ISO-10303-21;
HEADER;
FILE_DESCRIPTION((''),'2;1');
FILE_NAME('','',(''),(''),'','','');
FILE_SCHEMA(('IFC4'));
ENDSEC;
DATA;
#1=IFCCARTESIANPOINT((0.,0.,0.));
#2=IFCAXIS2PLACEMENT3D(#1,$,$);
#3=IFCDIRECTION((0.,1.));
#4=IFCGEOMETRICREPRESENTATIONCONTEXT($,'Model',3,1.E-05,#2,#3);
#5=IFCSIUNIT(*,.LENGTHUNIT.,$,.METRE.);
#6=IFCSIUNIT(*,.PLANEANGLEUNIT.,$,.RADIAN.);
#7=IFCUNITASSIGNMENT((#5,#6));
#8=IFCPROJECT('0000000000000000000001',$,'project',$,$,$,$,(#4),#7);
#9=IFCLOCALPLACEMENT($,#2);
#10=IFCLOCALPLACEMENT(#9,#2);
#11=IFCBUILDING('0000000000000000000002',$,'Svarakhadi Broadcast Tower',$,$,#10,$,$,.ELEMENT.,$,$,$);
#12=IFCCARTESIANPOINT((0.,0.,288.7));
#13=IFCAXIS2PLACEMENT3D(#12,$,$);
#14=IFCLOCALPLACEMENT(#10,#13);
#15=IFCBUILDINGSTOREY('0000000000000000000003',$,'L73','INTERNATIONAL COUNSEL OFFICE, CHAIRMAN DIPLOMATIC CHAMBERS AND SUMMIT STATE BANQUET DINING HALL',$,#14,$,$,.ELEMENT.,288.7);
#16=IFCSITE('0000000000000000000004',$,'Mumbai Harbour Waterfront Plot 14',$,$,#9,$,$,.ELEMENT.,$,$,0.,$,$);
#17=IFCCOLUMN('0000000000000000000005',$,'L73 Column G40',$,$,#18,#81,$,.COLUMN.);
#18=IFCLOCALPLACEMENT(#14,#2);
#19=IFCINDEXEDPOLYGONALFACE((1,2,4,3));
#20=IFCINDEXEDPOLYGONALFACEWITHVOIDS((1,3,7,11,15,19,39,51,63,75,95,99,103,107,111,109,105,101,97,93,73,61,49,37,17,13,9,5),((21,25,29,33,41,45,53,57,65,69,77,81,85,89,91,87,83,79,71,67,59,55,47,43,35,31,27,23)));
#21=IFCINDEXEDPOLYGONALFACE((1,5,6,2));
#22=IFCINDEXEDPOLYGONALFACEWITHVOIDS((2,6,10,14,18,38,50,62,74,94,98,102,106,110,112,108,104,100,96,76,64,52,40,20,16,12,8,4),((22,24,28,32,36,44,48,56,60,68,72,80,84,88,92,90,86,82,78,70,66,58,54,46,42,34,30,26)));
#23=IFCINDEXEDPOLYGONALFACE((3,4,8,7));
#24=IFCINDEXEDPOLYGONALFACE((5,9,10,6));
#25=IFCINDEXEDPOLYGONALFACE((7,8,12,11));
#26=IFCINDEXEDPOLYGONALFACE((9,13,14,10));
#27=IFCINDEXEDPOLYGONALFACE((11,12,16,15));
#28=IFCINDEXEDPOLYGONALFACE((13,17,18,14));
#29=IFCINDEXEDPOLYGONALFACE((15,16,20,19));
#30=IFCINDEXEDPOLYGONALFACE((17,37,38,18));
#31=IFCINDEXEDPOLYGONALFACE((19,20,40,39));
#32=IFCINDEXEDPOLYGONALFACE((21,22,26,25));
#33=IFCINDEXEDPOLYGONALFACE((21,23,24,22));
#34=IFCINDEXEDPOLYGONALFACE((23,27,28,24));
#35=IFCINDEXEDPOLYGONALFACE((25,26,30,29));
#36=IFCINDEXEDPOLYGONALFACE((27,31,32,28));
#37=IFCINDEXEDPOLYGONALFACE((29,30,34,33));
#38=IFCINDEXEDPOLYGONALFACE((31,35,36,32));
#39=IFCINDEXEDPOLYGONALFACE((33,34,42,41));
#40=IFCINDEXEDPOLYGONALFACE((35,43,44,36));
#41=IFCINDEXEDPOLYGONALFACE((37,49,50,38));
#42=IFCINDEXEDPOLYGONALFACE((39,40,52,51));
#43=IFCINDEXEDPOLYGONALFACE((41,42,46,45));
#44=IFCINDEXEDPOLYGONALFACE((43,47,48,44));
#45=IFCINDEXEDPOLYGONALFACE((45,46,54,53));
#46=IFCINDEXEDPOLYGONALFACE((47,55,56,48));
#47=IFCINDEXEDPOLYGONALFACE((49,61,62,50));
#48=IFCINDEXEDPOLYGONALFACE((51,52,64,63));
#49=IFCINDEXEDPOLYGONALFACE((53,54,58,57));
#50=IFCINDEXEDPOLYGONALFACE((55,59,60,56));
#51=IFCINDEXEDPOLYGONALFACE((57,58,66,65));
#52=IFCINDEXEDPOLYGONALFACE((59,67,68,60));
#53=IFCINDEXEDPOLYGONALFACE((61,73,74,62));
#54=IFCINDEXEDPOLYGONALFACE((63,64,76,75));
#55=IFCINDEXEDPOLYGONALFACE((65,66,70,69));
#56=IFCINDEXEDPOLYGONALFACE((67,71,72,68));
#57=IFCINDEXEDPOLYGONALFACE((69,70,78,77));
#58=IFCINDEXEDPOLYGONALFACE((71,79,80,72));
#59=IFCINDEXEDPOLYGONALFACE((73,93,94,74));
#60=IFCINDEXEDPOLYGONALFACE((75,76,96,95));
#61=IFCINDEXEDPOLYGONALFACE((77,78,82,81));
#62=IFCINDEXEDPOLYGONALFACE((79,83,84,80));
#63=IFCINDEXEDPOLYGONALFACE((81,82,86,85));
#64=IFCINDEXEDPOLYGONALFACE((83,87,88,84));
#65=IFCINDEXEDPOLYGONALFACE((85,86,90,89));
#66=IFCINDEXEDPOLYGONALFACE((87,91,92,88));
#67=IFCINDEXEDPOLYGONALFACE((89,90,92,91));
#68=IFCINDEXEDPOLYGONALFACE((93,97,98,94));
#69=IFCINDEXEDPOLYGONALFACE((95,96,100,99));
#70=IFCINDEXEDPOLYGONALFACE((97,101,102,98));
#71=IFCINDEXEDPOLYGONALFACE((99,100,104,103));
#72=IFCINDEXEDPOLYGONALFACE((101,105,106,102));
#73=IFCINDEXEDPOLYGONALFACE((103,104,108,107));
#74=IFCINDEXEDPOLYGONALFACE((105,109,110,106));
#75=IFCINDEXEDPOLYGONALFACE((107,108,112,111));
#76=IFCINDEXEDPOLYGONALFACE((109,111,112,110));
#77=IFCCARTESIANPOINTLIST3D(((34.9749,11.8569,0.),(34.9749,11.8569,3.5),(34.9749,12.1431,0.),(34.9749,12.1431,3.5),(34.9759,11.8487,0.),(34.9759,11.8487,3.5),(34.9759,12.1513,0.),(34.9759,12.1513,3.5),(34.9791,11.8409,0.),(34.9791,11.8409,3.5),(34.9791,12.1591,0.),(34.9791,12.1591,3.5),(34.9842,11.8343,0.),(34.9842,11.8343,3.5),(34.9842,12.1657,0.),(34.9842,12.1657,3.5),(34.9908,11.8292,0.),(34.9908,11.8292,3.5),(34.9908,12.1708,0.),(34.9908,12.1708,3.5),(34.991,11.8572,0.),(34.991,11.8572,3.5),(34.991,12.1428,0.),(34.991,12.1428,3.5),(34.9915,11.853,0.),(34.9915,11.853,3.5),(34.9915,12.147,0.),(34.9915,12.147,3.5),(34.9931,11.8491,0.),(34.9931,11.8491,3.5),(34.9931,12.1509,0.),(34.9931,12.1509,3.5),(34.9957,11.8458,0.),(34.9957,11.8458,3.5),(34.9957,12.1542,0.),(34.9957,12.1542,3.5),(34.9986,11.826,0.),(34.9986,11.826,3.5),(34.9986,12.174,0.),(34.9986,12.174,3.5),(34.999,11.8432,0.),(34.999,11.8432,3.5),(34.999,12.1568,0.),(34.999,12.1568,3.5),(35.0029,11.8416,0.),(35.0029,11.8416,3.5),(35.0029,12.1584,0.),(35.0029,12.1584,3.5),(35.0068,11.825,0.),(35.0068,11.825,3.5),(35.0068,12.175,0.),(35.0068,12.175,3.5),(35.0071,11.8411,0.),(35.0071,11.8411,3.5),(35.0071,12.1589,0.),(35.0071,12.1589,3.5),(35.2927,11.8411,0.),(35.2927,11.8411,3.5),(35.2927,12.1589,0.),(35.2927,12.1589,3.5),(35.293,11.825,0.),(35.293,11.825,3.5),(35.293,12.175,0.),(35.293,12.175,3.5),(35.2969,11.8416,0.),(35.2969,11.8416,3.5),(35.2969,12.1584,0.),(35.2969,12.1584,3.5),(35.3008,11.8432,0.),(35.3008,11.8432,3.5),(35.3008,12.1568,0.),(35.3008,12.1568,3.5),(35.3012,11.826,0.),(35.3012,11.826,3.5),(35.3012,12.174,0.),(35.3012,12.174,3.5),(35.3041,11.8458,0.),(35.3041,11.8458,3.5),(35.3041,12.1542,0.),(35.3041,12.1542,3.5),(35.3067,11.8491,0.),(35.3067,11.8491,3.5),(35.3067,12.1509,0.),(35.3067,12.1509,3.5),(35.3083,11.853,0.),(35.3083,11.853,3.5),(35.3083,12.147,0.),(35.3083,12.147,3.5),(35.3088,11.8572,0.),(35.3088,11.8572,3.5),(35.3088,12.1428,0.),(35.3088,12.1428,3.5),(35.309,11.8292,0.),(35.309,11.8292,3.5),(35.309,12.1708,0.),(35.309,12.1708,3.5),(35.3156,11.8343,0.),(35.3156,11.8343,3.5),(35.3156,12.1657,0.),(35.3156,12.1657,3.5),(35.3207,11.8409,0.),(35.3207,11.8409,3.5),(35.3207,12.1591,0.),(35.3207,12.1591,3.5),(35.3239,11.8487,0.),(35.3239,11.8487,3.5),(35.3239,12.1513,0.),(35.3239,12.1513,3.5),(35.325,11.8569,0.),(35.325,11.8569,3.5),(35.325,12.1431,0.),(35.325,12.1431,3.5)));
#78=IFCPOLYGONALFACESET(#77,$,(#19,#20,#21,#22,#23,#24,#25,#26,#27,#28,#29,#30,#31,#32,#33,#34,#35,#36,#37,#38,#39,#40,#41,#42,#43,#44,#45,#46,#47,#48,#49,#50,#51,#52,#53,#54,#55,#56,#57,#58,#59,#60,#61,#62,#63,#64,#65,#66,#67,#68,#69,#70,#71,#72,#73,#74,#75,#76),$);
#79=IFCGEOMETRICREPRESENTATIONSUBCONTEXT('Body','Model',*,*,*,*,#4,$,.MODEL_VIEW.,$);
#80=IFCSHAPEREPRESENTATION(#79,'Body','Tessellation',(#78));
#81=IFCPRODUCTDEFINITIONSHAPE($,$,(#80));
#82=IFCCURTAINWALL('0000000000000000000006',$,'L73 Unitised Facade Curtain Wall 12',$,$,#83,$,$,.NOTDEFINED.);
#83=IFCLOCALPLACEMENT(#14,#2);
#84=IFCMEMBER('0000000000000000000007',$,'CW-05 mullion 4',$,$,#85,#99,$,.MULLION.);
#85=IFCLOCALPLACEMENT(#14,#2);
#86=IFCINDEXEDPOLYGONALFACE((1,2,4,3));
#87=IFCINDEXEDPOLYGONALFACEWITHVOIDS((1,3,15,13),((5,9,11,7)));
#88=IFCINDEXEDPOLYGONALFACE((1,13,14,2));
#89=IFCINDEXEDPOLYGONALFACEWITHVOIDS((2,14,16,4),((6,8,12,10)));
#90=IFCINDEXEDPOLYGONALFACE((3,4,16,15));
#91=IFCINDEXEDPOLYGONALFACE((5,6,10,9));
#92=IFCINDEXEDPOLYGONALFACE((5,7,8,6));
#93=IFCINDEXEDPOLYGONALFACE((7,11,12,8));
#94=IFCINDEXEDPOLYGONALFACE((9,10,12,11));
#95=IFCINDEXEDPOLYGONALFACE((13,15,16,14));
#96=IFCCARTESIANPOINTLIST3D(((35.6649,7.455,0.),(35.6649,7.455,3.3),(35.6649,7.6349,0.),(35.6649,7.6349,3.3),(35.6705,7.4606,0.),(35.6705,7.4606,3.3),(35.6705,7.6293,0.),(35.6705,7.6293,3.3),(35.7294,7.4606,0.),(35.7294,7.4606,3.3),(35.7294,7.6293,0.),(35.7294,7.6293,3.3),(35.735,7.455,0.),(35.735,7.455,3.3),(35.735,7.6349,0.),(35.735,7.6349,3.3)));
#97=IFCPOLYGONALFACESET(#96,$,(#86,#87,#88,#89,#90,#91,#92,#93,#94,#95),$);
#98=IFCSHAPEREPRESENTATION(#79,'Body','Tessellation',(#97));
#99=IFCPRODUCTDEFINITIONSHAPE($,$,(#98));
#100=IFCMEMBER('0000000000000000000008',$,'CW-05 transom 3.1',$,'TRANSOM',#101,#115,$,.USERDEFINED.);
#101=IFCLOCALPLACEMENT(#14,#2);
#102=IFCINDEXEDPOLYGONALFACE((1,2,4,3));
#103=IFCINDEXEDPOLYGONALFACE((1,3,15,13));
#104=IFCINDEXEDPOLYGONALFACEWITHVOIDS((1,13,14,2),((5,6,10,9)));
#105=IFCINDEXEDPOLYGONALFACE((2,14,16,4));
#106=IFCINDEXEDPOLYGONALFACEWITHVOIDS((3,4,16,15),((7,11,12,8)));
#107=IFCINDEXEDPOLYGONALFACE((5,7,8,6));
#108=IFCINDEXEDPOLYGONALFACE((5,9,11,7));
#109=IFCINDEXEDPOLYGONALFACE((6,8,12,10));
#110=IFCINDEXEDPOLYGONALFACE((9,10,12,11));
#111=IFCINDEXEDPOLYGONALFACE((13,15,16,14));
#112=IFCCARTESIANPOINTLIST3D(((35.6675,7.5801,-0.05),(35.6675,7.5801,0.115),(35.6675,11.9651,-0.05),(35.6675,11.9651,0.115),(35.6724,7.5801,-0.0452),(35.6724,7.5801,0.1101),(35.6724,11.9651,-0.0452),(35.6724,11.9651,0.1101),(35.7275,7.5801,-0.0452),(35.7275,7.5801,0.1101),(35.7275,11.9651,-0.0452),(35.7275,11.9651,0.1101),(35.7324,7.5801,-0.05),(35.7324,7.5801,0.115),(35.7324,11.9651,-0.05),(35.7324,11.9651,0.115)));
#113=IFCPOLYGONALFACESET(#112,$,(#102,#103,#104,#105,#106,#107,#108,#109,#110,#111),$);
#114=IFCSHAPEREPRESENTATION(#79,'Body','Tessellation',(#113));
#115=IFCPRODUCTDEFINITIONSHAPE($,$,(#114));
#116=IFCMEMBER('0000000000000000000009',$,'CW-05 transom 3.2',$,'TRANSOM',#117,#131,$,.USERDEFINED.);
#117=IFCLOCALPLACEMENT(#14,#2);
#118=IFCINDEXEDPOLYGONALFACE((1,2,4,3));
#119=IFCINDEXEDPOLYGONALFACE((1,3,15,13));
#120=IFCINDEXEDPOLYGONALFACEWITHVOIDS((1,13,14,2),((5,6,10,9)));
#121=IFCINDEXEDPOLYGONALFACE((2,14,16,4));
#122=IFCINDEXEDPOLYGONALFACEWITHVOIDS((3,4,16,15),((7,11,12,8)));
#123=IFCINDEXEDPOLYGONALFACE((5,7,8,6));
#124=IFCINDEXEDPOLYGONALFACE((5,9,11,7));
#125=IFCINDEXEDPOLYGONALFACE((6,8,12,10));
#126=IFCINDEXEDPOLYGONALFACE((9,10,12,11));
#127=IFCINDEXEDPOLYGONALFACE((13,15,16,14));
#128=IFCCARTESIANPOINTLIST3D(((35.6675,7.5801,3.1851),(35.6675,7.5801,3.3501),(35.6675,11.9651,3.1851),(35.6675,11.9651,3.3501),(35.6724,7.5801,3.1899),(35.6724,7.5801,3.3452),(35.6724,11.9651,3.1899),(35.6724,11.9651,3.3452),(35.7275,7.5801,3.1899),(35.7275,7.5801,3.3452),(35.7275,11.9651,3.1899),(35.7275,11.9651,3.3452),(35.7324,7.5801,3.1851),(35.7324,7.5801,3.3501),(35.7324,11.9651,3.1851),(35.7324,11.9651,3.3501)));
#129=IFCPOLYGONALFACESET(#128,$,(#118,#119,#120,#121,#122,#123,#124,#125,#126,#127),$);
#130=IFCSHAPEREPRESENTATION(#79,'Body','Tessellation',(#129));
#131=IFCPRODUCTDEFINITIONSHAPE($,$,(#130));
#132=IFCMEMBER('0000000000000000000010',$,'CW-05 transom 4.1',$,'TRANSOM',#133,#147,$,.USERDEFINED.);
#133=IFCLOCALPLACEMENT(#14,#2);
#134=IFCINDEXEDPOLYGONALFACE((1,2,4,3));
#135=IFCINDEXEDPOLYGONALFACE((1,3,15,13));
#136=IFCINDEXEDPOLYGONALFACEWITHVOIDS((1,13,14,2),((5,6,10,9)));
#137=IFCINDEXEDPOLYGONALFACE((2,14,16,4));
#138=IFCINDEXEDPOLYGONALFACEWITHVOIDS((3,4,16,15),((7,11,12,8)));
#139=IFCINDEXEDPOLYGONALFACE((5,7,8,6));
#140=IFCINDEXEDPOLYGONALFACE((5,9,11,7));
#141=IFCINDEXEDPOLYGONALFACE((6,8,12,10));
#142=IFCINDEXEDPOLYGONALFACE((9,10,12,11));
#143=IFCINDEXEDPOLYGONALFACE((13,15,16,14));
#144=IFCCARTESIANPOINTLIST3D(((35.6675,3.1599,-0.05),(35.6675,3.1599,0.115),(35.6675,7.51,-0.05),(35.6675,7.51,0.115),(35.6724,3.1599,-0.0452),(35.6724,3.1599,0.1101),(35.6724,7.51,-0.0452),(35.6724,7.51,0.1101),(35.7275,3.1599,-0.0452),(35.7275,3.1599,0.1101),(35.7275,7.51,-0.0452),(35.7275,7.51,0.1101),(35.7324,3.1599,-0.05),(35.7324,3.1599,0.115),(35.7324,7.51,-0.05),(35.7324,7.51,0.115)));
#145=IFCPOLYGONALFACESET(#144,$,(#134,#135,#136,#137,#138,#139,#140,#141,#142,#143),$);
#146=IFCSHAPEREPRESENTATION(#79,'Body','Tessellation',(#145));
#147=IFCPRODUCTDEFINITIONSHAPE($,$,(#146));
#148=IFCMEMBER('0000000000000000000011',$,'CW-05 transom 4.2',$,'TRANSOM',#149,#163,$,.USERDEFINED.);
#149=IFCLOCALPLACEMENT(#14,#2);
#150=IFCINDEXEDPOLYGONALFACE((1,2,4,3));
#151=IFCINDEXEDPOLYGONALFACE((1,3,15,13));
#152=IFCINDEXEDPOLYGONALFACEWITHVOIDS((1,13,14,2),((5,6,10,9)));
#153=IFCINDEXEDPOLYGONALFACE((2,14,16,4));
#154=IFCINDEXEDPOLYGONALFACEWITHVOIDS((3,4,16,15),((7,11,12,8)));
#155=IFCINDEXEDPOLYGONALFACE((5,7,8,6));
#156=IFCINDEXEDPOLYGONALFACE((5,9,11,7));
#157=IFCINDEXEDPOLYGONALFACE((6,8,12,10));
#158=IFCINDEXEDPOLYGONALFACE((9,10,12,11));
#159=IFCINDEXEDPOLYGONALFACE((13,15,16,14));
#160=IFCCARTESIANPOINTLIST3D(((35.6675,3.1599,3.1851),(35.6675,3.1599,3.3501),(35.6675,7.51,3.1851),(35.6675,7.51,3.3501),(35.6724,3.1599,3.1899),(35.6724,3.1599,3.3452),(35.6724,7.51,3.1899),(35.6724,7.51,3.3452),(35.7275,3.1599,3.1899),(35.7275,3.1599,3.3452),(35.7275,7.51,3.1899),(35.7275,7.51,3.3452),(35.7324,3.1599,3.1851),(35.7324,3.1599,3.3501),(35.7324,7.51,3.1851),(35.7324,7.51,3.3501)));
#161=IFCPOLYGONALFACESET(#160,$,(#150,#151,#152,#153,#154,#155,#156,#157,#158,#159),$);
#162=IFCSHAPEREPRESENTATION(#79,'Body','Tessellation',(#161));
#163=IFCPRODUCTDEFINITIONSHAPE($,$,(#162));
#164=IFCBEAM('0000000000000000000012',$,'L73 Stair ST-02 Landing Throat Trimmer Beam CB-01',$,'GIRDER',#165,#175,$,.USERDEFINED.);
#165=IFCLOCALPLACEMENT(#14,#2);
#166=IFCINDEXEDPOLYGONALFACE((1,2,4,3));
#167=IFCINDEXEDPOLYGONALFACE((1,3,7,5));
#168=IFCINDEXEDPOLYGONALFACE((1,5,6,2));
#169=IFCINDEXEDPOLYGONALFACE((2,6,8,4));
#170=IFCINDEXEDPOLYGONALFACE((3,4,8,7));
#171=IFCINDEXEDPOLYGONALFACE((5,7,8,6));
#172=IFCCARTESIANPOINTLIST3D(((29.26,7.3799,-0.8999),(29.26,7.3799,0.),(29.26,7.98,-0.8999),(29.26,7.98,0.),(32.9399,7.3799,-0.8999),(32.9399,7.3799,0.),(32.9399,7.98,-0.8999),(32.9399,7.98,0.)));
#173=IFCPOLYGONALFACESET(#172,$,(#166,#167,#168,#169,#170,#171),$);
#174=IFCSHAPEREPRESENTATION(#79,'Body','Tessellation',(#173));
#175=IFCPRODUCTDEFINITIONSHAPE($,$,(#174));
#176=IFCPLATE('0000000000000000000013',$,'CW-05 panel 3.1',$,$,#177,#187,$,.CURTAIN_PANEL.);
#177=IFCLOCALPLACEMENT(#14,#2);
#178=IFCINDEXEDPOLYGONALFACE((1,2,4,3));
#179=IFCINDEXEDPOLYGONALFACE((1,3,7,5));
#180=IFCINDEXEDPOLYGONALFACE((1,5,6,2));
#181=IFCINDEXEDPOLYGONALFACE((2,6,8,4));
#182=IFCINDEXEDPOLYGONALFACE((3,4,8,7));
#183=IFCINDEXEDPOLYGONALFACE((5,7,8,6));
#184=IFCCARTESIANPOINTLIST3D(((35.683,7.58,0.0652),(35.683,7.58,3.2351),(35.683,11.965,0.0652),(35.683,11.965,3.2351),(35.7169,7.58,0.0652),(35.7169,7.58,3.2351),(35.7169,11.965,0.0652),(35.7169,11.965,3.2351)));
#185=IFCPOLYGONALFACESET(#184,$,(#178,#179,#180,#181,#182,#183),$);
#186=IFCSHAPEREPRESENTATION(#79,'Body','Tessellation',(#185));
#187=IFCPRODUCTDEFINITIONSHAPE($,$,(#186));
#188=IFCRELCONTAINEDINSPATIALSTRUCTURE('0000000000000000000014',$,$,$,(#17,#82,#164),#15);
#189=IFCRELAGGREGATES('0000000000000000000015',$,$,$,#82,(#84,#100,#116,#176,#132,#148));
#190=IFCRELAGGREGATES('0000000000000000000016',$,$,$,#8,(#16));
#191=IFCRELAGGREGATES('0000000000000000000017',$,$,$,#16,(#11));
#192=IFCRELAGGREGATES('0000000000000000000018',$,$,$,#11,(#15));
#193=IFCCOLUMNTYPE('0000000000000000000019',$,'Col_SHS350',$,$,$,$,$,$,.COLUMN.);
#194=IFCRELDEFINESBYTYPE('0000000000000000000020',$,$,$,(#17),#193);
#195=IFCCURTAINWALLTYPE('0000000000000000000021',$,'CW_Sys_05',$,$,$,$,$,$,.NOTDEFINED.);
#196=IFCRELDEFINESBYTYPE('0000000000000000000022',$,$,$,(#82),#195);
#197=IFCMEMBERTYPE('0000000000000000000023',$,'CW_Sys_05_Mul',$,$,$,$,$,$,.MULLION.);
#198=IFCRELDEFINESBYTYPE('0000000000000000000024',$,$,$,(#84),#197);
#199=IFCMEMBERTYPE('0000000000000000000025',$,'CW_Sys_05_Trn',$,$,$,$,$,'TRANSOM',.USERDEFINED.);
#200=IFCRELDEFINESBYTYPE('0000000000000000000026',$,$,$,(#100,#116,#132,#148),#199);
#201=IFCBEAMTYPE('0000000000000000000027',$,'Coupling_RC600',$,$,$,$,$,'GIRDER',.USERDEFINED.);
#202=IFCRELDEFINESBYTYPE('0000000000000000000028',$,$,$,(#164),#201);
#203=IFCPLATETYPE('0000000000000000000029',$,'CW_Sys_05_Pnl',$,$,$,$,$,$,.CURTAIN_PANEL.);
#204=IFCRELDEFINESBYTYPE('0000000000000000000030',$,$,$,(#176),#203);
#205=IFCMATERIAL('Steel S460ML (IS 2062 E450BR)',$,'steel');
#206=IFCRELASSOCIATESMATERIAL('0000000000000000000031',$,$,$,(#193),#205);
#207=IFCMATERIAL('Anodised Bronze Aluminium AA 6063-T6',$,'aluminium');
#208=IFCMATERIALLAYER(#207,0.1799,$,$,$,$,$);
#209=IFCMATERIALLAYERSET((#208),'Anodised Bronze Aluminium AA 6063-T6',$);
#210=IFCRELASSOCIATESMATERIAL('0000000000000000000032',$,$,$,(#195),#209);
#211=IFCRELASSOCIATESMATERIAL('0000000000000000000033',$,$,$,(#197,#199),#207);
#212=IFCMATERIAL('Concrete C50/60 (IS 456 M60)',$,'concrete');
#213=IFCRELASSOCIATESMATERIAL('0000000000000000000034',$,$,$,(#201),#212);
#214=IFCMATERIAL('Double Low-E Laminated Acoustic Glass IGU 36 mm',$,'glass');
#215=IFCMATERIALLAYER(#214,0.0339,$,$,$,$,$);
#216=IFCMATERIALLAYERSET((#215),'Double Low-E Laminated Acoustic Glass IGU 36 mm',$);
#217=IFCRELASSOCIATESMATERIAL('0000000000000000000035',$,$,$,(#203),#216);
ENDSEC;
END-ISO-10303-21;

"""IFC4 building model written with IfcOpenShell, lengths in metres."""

from ifc_helpers import new_model, si_unit, direction, frame, origin, origin_2d, place, context, subcontext, project, spatial, rectangle, hollow_rectangle, extrude, material, layer, layer_set, material_profile, profile_set, type_object, element, aggregate, save


model = new_model("IFC4")

# Units and contexts
model_context = context("Model", 3, precision=1e-05, world=origin(), true_north=direction((0.0, 1.0)))
body_context = subcontext(model_context, "Body", "Model", "MODEL_VIEW")
ifc_project = project(units=[si_unit("LENGTHUNIT", "METRE"), si_unit("PLANEANGLEUNIT", "RADIAN")], contexts=[model_context])

# Site, building, storey
site_placement = place(None, origin())
site = spatial("IfcSite", under=ifc_project, at=site_placement, Name="Mumbai Harbour Waterfront Plot 14", CompositionType="ELEMENT", RefElevation=0.0)
building_placement = place(site_placement, origin())
building = spatial("IfcBuilding", under=site, at=building_placement, Name="Svarakhadi Broadcast Tower", CompositionType="ELEMENT")
storey_placement = place(building_placement, frame((0.0, 0.0, 288.7)))
storey = spatial("IfcBuildingStorey", under=building, at=storey_placement, Name="L73", Description="INTERNATIONAL COUNSEL OFFICE, CHAIRMAN DIPLOMATIC CHAMBERS AND SUMMIT STATE BANQUET DINING HALL", CompositionType="ELEMENT", Elevation=288.7)

# Column
ifc_material_1 = material(Name="Steel S460ML (IS 2062 E450BR)", Category="steel")
ifc_material_profile_1 = material_profile(ifc_material_1, hollow_rectangle(XDim=0.3501, YDim=0.3501, WallThickness=0.0161, InnerFilletRadius=0.0161, OuterFilletRadius=0.032, at=origin_2d()), Name="SHS 350x350x16")
ifc_profile_set_1 = profile_set([ifc_material_profile_1], Name="Steel S460ML (IS 2062 E450BR)")
column_type = type_object("IfcColumnType", Name="Col_SHS350", PredefinedType="COLUMN", material=ifc_profile_set_1)
column_placement = place(storey_placement, frame((35.1499, 12.0, 0.0), z_axis=(0.0, 0.0, 1.0), x_axis=(1.0, 0.0, 0.0)))
element("IfcColumn", 1, at=column_placement, inside=storey, type_object=column_type, Name="L73 Column G40", PredefinedType="COLUMN", context=body_context, shape_type="SweptSolid", body=[
    extrude(hollow_rectangle(XDim=0.3501, YDim=0.3501, WallThickness=0.0161, InnerFilletRadius=0.0161, OuterFilletRadius=0.032, at=origin_2d()), origin(), (0.0, 0.0, 1.0), 3.5),
])

# Curtain wall, members
ifc_material_2 = material(Name="Anodised Bronze Aluminium AA 6063-T6", Category="aluminium")
ifc_layer_1 = layer(ifc_material_2, 0.1799)
ifc_layer_set_1 = layer_set([ifc_layer_1], Name="Anodised Bronze Aluminium AA 6063-T6")
curtain_wall_type = type_object("IfcCurtainWallType", Name="CW_Sys_05", PredefinedType="NOTDEFINED", material=ifc_layer_set_1)
curtain_wall_placement = place(storey_placement, origin())
curtain_wall = element("IfcCurtainWall", 2, at=curtain_wall_placement, inside=storey, type_object=curtain_wall_type, Name="L73 Unitised Facade Curtain Wall 12", PredefinedType="NOTDEFINED")
ifc_material_profile_2 = material_profile(ifc_material_2, hollow_rectangle(XDim=0.0701, YDim=0.1799, WallThickness=0.0056, at=origin_2d()), Name="ALU MULLION 180x70x6")
ifc_profile_set_2 = profile_set([ifc_material_profile_2], Name="Anodised Bronze Aluminium AA 6063-T6")
member_type_1 = type_object("IfcMemberType", Name="CW_Sys_05_Mul", PredefinedType="MULLION", material=ifc_profile_set_2)
member_1_placement = place(storey_placement, frame((35.7, 7.5449, 0.0), z_axis=(0.0, 0.0, 1.0), x_axis=(1.0, 0.0, 0.0)))
member_1 = element("IfcMember", 3, at=member_1_placement, type_object=member_type_1, Name="CW-05 mullion 4", PredefinedType="MULLION", context=body_context, shape_type="SweptSolid", body=[
    extrude(hollow_rectangle(XDim=0.0701, YDim=0.1799, WallThickness=0.0056, at=origin_2d()), origin(), (0.0, 0.0, 1.0), 3.3),
])
ifc_material_profile_3 = material_profile(ifc_material_2, hollow_rectangle(XDim=0.0649, YDim=0.165, WallThickness=0.0049, at=origin_2d()), Name="ALU TRANSOM 165x65x5")
ifc_profile_set_3 = profile_set([ifc_material_profile_3], Name="Anodised Bronze Aluminium AA 6063-T6")
member_type_2 = type_object("IfcMemberType", Name="CW_Sys_05_Trn", ElementType="TRANSOM", PredefinedType="USERDEFINED", material=ifc_profile_set_3)
member_2_placement = place(storey_placement, frame((35.7, 11.9651, 0.0325), z_axis=(0.0, -1.0, 0.0), x_axis=(1.0, 0.0, 0.0)))
member_2 = element("IfcMember", 4, at=member_2_placement, type_object=member_type_2, Name="CW-05 transom 3.1", ObjectType="TRANSOM", PredefinedType="USERDEFINED", context=body_context, shape_type="SweptSolid", body=[
    extrude(hollow_rectangle(XDim=0.0649, YDim=0.165, WallThickness=0.0049, at=origin_2d()), origin(), (0.0, 0.0, 1.0), 4.385),
])
member_3_placement = place(storey_placement, frame((35.7, 11.9651, 3.2676), z_axis=(0.0, -1.0, 0.0), x_axis=(1.0, 0.0, 0.0)))
member_3 = element("IfcMember", 5, at=member_3_placement, type_object=member_type_2, Name="CW-05 transom 3.2", ObjectType="TRANSOM", PredefinedType="USERDEFINED", context=body_context, shape_type="SweptSolid", body=[
    extrude(hollow_rectangle(XDim=0.0649, YDim=0.165, WallThickness=0.0049, at=origin_2d()), origin(), (0.0, 0.0, 1.0), 4.385),
])
member_4_placement = place(storey_placement, frame((35.7, 7.51, 0.0325), z_axis=(0.0, -1.0, 0.0), x_axis=(1.0, 0.0, 0.0)))
member_4 = element("IfcMember", 6, at=member_4_placement, type_object=member_type_2, Name="CW-05 transom 4.1", ObjectType="TRANSOM", PredefinedType="USERDEFINED", context=body_context, shape_type="SweptSolid", body=[
    extrude(hollow_rectangle(XDim=0.0649, YDim=0.165, WallThickness=0.0049, at=origin_2d()), origin(), (0.0, 0.0, 1.0), 4.3501),
])
member_5_placement = place(storey_placement, frame((35.7, 7.51, 3.2676), z_axis=(0.0, -1.0, 0.0), x_axis=(1.0, 0.0, 0.0)))
member_5 = element("IfcMember", 7, at=member_5_placement, type_object=member_type_2, Name="CW-05 transom 4.2", ObjectType="TRANSOM", PredefinedType="USERDEFINED", context=body_context, shape_type="SweptSolid", body=[
    extrude(hollow_rectangle(XDim=0.0649, YDim=0.165, WallThickness=0.0049, at=origin_2d()), origin(), (0.0, 0.0, 1.0), 4.3501),
])

# Beam
ifc_material_3 = material(Name="Concrete C50/60 (IS 456 M60)", Category="concrete")
ifc_material_profile_4 = material_profile(ifc_material_3, rectangle(XDim=0.6001, YDim=0.8999, at=origin_2d()), Name="RC 600x900")
ifc_profile_set_4 = profile_set([ifc_material_profile_4], Name="Concrete C50/60 (IS 456 M60)")
beam_type = type_object("IfcBeamType", Name="Coupling_RC600", ElementType="GIRDER", PredefinedType="USERDEFINED", material=ifc_profile_set_4)
beam_placement = place(storey_placement, frame((29.26, 7.6799, -0.45), z_axis=(1.0, 0.0, 0.0), x_axis=(0.0, 1.0, 0.0)))
element("IfcBeam", 8, at=beam_placement, inside=storey, type_object=beam_type, Name="L73 Stair ST-02 Landing Throat Trimmer Beam CB-01", ObjectType="GIRDER", PredefinedType="USERDEFINED", context=body_context, shape_type="SweptSolid", body=[
    extrude(rectangle(XDim=0.6001, YDim=0.8999, at=origin_2d()), origin(), (0.0, 0.0, 1.0), 3.6799),
])

# Plate
ifc_material_4 = material(Name="Double Low-E Laminated Acoustic Glass IGU 36 mm", Category="glass")
ifc_layer_2 = layer(ifc_material_4, 0.0339)
ifc_layer_set_2 = layer_set([ifc_layer_2], Name="Double Low-E Laminated Acoustic Glass IGU 36 mm")
plate_type = type_object("IfcPlateType", Name="CW_Sys_05_Pnl", PredefinedType="CURTAIN_PANEL", material=ifc_layer_set_2)
plate_placement = place(storey_placement, frame((35.7, 9.7725, 0.0652), z_axis=(0.0, 0.0, 1.0), x_axis=(0.0, -1.0, 0.0)))
plate = element("IfcPlate", 9, at=plate_placement, type_object=plate_type, Name="CW-05 panel 3.1", PredefinedType="CURTAIN_PANEL", context=body_context, shape_type="SweptSolid", body=[
    extrude(rectangle(XDim=4.385, YDim=0.0339, at=origin_2d()), origin(), (0.0, 0.0, 1.0), 3.1699),
])
aggregate(curtain_wall, [member_1, member_2, member_3, plate, member_4, member_5])

save(model, "model.ifc")
